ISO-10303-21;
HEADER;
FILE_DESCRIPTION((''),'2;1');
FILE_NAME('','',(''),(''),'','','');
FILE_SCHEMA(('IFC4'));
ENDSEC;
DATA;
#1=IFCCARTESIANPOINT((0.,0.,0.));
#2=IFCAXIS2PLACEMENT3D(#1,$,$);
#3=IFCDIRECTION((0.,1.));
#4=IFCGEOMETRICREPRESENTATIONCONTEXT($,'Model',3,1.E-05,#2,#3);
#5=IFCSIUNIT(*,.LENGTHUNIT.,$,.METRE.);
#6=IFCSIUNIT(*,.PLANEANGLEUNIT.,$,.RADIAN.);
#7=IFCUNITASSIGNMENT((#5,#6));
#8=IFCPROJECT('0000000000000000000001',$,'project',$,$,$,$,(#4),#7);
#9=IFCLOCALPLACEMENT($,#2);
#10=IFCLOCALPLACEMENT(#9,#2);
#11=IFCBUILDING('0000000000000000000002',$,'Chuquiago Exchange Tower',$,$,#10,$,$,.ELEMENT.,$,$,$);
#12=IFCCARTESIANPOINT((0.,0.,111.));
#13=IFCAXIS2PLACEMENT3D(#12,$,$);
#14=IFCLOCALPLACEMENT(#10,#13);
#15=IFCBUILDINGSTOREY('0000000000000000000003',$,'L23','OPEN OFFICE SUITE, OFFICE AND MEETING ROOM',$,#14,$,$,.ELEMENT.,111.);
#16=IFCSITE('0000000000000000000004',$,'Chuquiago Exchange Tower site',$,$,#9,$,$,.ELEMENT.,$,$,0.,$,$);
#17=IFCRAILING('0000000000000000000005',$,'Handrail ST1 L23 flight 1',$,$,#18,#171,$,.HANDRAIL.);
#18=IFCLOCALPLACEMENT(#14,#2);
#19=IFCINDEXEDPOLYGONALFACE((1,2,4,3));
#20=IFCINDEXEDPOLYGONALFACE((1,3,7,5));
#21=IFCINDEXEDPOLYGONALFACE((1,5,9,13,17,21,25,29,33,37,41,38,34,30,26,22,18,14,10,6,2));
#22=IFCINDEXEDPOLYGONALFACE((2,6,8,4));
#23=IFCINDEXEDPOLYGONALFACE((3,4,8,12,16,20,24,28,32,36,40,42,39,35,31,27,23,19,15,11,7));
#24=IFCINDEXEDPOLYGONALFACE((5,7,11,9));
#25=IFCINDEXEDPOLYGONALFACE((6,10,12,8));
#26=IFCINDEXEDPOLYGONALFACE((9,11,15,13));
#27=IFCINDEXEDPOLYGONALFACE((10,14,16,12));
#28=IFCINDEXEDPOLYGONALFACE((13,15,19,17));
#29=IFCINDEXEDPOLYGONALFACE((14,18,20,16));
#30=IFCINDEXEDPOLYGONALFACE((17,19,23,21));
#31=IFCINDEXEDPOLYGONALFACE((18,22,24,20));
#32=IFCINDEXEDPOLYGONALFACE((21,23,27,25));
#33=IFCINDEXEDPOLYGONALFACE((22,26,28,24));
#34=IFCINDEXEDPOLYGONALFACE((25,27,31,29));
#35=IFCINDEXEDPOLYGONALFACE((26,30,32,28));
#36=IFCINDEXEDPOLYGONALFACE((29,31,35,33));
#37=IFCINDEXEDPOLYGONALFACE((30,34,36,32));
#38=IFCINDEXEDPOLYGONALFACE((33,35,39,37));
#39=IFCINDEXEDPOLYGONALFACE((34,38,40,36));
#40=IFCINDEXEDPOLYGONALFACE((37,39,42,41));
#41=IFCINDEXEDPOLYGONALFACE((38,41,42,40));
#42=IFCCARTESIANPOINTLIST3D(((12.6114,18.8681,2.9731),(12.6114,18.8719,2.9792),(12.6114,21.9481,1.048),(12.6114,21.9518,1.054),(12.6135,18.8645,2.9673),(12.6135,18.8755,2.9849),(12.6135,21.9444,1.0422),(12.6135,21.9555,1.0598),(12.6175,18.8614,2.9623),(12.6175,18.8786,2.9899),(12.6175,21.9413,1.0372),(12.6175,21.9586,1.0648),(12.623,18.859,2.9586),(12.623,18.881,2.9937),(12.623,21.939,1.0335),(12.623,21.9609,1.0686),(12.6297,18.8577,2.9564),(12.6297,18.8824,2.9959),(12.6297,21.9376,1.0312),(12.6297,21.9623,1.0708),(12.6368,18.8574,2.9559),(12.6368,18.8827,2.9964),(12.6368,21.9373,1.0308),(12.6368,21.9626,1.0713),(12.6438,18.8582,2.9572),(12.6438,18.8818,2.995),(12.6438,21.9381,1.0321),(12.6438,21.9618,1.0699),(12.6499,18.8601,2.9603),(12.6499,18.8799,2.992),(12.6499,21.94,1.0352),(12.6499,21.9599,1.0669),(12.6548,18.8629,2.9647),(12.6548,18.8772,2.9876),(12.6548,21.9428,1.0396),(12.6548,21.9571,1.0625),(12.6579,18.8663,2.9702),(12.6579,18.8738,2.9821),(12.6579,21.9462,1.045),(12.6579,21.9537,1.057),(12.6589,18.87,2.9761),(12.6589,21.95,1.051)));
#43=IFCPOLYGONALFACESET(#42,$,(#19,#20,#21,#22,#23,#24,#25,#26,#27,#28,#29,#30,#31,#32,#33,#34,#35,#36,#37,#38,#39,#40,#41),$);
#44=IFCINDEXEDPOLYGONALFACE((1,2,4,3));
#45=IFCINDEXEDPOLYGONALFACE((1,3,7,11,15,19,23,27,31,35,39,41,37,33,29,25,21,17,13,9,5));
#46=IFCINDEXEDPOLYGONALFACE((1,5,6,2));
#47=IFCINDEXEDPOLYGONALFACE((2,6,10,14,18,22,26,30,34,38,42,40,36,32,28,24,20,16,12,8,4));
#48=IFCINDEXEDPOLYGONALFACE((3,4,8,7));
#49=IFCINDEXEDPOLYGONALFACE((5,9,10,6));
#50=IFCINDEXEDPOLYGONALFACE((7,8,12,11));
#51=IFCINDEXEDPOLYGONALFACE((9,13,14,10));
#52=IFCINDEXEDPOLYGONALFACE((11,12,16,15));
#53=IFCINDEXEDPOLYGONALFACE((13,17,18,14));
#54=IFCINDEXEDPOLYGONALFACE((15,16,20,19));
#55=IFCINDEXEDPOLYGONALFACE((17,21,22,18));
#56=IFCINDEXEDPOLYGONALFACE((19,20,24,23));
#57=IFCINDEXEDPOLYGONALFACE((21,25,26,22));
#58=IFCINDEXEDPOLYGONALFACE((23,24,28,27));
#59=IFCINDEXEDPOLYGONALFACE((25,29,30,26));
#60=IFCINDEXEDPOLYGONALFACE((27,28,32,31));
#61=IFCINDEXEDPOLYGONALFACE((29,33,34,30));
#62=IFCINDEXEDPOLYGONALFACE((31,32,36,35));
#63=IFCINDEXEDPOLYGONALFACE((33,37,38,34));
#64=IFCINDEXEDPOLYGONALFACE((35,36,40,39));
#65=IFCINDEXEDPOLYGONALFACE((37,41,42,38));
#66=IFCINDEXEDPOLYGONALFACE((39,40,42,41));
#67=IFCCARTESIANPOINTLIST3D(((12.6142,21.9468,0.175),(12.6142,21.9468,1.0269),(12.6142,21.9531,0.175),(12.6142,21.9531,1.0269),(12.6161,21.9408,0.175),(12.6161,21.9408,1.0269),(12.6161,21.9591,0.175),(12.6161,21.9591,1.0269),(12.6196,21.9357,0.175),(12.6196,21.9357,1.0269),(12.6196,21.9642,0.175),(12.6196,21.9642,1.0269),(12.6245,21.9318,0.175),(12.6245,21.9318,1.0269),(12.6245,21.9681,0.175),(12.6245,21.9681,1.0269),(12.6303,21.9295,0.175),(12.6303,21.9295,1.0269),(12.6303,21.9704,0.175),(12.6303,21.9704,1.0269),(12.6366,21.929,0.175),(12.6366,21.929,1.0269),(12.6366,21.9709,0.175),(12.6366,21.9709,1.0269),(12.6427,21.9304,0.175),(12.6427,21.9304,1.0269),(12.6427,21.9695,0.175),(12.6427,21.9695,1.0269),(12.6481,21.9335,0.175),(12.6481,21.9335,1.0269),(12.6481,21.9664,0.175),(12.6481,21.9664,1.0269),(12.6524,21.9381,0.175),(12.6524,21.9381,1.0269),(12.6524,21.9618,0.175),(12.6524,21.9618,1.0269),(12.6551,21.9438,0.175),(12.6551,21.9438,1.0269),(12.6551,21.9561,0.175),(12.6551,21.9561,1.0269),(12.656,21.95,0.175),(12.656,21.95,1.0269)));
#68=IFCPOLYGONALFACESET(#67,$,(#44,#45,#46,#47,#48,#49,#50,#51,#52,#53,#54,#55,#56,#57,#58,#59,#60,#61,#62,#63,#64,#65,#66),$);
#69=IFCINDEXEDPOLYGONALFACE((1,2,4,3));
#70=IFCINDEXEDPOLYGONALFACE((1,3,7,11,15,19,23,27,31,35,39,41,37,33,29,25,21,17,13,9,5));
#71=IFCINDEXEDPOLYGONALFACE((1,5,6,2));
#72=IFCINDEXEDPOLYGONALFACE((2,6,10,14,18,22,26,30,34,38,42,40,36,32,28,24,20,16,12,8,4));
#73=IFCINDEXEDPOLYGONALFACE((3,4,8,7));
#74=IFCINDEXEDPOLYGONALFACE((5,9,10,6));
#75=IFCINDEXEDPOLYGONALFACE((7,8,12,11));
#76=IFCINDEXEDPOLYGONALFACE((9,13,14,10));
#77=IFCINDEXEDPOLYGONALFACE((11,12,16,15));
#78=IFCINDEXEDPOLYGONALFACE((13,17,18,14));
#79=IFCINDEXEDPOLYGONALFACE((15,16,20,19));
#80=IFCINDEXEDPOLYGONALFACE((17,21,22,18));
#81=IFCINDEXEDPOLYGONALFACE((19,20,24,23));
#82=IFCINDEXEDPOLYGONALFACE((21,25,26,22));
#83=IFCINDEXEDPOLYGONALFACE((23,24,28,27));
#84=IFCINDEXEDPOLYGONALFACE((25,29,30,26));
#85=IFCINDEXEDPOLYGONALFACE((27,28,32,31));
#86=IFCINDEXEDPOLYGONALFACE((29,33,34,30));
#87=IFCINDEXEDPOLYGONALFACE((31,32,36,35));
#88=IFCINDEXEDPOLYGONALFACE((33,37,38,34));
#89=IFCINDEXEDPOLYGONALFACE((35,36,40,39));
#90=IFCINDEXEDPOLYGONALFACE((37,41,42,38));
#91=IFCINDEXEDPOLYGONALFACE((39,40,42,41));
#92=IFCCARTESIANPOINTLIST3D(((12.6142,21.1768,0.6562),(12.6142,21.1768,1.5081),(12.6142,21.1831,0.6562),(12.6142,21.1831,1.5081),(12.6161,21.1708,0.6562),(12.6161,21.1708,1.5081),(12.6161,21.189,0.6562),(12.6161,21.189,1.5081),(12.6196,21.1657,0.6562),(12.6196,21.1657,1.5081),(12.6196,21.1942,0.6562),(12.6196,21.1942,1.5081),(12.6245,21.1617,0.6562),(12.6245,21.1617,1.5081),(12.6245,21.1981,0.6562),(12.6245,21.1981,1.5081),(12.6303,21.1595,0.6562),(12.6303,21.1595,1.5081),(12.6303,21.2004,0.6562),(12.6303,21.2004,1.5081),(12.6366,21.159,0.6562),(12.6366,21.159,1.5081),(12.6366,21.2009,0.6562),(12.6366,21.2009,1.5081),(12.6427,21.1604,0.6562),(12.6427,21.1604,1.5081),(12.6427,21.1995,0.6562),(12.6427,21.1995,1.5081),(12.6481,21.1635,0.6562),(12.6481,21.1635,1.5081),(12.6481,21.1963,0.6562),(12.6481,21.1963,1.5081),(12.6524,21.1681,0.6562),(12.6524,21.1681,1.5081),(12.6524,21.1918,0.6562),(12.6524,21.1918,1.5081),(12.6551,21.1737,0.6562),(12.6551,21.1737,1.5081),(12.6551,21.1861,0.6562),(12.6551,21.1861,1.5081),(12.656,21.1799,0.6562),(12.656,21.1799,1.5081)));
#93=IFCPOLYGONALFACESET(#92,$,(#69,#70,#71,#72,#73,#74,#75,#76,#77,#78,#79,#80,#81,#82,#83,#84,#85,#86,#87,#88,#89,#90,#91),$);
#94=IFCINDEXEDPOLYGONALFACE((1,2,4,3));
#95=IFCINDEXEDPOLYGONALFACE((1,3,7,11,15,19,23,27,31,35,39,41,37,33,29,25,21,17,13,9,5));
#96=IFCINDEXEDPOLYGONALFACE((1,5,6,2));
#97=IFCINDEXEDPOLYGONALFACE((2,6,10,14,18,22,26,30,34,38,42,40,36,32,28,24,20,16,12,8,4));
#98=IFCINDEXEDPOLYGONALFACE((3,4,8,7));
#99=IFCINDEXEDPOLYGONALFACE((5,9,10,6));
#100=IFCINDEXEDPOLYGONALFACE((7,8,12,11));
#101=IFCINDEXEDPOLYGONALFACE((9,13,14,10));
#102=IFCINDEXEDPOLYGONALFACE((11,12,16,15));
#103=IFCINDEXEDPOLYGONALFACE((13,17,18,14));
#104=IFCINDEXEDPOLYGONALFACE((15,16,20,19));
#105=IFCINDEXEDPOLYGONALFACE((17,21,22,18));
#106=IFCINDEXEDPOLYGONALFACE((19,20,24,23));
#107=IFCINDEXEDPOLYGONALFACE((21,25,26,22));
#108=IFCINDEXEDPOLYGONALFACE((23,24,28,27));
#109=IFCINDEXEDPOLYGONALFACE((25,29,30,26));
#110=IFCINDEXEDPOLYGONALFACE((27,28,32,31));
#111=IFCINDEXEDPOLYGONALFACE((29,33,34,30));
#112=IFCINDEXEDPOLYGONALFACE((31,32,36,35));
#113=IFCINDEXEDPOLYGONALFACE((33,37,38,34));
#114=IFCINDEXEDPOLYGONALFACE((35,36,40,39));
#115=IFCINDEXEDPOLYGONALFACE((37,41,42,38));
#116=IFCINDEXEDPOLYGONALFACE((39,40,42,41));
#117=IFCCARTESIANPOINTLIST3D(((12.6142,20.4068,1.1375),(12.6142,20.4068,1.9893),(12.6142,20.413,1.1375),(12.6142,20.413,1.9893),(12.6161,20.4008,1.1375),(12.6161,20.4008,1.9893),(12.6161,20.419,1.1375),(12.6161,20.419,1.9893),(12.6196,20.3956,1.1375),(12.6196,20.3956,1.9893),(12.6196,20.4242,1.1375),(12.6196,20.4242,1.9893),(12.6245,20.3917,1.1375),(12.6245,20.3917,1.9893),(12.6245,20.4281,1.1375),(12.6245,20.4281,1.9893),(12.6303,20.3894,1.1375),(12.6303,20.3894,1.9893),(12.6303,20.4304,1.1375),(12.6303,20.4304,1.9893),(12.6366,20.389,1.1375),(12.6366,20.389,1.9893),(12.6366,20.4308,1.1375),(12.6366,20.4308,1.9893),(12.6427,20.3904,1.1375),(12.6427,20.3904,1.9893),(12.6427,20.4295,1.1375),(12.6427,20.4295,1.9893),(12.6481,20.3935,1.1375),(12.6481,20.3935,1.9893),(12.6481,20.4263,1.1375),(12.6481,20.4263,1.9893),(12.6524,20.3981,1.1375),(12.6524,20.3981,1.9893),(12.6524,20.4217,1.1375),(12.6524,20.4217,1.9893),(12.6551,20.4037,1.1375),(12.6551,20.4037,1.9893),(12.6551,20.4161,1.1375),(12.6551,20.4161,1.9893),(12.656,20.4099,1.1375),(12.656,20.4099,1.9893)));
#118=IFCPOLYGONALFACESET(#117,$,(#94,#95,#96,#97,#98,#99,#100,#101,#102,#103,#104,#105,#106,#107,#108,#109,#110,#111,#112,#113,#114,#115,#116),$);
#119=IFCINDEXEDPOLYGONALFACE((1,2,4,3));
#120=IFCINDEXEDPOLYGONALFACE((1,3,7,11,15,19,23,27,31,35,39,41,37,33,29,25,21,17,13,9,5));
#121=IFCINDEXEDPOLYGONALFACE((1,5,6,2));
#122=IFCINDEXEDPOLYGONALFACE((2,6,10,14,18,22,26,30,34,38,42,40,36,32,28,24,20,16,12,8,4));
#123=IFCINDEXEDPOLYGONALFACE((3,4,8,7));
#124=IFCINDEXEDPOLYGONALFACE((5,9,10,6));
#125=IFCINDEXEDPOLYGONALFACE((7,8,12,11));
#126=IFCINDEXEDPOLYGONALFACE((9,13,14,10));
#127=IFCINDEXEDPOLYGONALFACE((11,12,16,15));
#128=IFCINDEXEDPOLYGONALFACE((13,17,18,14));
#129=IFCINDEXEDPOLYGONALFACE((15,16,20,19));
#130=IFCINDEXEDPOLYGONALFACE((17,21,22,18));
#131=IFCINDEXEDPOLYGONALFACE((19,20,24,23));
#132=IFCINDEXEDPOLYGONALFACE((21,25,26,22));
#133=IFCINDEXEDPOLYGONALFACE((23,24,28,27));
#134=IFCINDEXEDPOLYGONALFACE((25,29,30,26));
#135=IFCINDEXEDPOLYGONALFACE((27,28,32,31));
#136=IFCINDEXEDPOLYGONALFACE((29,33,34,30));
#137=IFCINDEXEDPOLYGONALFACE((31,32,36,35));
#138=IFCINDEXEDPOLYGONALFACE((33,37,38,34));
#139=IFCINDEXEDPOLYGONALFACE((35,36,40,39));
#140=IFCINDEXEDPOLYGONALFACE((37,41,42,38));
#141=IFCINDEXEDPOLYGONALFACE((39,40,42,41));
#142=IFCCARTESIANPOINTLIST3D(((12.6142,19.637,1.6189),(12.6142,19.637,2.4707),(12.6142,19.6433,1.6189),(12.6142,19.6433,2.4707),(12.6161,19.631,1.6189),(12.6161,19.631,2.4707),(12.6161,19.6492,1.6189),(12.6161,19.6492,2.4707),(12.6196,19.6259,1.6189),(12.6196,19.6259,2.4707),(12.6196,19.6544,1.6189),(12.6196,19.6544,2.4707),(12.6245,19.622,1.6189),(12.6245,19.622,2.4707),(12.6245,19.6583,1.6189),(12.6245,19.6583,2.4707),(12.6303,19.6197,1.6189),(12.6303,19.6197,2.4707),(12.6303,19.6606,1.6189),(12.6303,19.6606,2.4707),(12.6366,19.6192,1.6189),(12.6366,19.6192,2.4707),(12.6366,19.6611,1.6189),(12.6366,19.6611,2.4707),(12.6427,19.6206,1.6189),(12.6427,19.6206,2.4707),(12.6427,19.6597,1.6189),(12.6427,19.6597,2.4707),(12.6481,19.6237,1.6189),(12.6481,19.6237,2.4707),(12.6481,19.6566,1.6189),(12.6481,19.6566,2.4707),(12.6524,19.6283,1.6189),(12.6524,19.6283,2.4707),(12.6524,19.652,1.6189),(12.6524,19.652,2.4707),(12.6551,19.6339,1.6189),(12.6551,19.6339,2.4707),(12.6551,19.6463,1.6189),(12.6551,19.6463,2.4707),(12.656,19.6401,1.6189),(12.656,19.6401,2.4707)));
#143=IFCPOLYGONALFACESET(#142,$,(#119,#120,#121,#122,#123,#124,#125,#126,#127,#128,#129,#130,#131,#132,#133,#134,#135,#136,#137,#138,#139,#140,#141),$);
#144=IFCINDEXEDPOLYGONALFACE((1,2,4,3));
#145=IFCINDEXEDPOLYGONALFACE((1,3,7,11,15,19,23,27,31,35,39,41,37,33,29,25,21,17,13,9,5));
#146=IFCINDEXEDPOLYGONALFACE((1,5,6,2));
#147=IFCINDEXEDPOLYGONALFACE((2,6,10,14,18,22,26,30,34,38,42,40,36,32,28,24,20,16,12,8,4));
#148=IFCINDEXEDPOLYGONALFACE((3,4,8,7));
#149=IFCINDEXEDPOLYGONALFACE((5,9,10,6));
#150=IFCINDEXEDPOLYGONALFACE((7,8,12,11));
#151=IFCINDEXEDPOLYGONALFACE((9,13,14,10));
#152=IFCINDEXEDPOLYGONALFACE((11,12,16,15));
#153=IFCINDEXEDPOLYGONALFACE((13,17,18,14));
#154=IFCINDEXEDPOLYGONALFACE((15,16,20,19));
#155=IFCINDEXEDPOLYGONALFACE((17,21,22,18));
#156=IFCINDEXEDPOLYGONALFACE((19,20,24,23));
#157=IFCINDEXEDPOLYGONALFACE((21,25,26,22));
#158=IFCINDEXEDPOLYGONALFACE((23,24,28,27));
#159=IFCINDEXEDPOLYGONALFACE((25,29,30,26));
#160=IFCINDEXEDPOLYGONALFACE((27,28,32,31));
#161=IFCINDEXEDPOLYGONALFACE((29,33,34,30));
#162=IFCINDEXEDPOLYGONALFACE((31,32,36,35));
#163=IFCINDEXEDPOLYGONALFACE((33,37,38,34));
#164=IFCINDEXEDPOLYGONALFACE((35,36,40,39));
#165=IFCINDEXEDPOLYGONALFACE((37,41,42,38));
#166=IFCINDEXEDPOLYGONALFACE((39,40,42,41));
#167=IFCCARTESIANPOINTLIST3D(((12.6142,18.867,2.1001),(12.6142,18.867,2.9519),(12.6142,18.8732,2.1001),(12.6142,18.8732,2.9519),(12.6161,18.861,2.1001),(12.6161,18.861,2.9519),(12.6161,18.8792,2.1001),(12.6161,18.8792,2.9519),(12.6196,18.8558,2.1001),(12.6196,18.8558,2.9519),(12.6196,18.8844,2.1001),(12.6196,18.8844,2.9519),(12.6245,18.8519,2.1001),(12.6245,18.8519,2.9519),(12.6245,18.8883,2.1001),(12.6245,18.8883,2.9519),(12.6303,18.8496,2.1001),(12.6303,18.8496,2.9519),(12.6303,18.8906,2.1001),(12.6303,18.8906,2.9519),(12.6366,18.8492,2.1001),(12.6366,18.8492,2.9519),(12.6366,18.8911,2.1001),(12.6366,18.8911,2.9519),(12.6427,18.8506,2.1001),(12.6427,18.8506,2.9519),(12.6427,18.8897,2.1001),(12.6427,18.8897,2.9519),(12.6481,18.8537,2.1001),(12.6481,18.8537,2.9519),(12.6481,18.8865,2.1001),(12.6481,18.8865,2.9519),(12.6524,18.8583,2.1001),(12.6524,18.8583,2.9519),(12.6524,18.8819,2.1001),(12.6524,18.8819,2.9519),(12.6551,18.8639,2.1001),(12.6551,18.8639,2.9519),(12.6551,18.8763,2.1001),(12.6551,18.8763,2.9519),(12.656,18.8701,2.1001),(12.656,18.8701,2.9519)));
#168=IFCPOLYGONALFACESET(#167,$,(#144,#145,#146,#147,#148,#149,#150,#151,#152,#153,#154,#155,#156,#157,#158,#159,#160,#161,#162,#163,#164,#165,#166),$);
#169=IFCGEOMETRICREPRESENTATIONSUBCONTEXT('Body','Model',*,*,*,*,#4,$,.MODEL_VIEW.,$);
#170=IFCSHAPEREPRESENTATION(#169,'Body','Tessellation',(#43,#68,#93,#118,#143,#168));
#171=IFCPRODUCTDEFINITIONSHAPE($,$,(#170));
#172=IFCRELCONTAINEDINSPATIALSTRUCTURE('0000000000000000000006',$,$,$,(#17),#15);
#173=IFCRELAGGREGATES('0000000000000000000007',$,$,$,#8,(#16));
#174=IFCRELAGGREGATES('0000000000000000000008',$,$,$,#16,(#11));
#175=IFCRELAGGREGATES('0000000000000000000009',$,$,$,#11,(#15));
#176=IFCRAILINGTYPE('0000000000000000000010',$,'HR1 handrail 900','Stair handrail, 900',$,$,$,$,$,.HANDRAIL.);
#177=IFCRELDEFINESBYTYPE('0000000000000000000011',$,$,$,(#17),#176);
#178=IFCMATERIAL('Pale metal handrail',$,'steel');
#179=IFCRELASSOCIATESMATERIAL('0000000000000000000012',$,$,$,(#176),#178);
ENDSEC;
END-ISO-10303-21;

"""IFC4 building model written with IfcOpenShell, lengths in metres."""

from ifc_helpers import new_model, si_unit, direction, frame, origin, origin_2d, place, context, subcontext, project, spatial, circle, extrude, material, type_object, element, save


model = new_model("IFC4")

# Units and contexts
model_context = context("Model", 3, precision=1e-05, world=origin(), true_north=direction((0.0, 1.0)))
body_context = subcontext(model_context, "Body", "Model", "MODEL_VIEW")
ifc_project = project(units=[si_unit("LENGTHUNIT", "METRE"), si_unit("PLANEANGLEUNIT", "RADIAN")], contexts=[model_context])

# Site, building, storey
site_placement = place(None, origin())
site = spatial("IfcSite", under=ifc_project, at=site_placement, Name="Chuquiago Exchange Tower site", CompositionType="ELEMENT", RefElevation=0.0)
building_placement = place(site_placement, origin())
building = spatial("IfcBuilding", under=site, at=building_placement, Name="Chuquiago Exchange Tower", CompositionType="ELEMENT")
storey_placement = place(building_placement, frame((0.0, 0.0, 111.0)))
storey = spatial("IfcBuildingStorey", under=building, at=storey_placement, Name="L23", Description="OPEN OFFICE SUITE, OFFICE AND MEETING ROOM", CompositionType="ELEMENT", Elevation=111.0)

# Railing
ifc_material_1 = material(Name="Pale metal handrail", Category="steel")
railing_type_1 = type_object("IfcRailingType", Name="HR1 handrail 900", Description="Stair handrail, 900", PredefinedType="HANDRAIL", material=ifc_material_1)
for number, where, name in (
    (1, (12.635, 21.95, 0.175), "Handrail ST1 L23 flight 1"),
):
    element("IfcRailing", number, at=place(storey_placement, frame(where)), inside=storey, type_object=railing_type_1, Name=name, PredefinedType="HANDRAIL", context=body_context, shape_type="SweptSolid", body=[
        extrude(circle(Radius=0.0239, at=origin_2d()), frame((0.0, 0.0, 0.876), z_axis=(0.0, -0.847979, 0.530029), x_axis=(1.0, 0.0, 0.0)), (0.0, 0.0, 1.0), 3.6321),
        extrude(circle(Radius=0.021, at=origin_2d()), origin(), (0.0, 0.0, 1.0), 0.8518),
        extrude(circle(Radius=0.021, at=origin_2d()), frame((0.0, -0.77, 0.4812)), (0.0, 0.0, 1.0), 0.8518),
        extrude(circle(Radius=0.021, at=origin_2d()), frame((0.0, -1.54, 0.9624)), (0.0, 0.0, 1.0), 0.8518),
        extrude(circle(Radius=0.021, at=origin_2d()), frame((0.0, -2.3098, 1.4438)), (0.0, 0.0, 1.0), 0.8518),
        extrude(circle(Radius=0.021, at=origin_2d()), frame((0.0, -3.0798, 1.925)), (0.0, 0.0, 1.0), 0.8518),
    ])

save(model, "model.ifc")
